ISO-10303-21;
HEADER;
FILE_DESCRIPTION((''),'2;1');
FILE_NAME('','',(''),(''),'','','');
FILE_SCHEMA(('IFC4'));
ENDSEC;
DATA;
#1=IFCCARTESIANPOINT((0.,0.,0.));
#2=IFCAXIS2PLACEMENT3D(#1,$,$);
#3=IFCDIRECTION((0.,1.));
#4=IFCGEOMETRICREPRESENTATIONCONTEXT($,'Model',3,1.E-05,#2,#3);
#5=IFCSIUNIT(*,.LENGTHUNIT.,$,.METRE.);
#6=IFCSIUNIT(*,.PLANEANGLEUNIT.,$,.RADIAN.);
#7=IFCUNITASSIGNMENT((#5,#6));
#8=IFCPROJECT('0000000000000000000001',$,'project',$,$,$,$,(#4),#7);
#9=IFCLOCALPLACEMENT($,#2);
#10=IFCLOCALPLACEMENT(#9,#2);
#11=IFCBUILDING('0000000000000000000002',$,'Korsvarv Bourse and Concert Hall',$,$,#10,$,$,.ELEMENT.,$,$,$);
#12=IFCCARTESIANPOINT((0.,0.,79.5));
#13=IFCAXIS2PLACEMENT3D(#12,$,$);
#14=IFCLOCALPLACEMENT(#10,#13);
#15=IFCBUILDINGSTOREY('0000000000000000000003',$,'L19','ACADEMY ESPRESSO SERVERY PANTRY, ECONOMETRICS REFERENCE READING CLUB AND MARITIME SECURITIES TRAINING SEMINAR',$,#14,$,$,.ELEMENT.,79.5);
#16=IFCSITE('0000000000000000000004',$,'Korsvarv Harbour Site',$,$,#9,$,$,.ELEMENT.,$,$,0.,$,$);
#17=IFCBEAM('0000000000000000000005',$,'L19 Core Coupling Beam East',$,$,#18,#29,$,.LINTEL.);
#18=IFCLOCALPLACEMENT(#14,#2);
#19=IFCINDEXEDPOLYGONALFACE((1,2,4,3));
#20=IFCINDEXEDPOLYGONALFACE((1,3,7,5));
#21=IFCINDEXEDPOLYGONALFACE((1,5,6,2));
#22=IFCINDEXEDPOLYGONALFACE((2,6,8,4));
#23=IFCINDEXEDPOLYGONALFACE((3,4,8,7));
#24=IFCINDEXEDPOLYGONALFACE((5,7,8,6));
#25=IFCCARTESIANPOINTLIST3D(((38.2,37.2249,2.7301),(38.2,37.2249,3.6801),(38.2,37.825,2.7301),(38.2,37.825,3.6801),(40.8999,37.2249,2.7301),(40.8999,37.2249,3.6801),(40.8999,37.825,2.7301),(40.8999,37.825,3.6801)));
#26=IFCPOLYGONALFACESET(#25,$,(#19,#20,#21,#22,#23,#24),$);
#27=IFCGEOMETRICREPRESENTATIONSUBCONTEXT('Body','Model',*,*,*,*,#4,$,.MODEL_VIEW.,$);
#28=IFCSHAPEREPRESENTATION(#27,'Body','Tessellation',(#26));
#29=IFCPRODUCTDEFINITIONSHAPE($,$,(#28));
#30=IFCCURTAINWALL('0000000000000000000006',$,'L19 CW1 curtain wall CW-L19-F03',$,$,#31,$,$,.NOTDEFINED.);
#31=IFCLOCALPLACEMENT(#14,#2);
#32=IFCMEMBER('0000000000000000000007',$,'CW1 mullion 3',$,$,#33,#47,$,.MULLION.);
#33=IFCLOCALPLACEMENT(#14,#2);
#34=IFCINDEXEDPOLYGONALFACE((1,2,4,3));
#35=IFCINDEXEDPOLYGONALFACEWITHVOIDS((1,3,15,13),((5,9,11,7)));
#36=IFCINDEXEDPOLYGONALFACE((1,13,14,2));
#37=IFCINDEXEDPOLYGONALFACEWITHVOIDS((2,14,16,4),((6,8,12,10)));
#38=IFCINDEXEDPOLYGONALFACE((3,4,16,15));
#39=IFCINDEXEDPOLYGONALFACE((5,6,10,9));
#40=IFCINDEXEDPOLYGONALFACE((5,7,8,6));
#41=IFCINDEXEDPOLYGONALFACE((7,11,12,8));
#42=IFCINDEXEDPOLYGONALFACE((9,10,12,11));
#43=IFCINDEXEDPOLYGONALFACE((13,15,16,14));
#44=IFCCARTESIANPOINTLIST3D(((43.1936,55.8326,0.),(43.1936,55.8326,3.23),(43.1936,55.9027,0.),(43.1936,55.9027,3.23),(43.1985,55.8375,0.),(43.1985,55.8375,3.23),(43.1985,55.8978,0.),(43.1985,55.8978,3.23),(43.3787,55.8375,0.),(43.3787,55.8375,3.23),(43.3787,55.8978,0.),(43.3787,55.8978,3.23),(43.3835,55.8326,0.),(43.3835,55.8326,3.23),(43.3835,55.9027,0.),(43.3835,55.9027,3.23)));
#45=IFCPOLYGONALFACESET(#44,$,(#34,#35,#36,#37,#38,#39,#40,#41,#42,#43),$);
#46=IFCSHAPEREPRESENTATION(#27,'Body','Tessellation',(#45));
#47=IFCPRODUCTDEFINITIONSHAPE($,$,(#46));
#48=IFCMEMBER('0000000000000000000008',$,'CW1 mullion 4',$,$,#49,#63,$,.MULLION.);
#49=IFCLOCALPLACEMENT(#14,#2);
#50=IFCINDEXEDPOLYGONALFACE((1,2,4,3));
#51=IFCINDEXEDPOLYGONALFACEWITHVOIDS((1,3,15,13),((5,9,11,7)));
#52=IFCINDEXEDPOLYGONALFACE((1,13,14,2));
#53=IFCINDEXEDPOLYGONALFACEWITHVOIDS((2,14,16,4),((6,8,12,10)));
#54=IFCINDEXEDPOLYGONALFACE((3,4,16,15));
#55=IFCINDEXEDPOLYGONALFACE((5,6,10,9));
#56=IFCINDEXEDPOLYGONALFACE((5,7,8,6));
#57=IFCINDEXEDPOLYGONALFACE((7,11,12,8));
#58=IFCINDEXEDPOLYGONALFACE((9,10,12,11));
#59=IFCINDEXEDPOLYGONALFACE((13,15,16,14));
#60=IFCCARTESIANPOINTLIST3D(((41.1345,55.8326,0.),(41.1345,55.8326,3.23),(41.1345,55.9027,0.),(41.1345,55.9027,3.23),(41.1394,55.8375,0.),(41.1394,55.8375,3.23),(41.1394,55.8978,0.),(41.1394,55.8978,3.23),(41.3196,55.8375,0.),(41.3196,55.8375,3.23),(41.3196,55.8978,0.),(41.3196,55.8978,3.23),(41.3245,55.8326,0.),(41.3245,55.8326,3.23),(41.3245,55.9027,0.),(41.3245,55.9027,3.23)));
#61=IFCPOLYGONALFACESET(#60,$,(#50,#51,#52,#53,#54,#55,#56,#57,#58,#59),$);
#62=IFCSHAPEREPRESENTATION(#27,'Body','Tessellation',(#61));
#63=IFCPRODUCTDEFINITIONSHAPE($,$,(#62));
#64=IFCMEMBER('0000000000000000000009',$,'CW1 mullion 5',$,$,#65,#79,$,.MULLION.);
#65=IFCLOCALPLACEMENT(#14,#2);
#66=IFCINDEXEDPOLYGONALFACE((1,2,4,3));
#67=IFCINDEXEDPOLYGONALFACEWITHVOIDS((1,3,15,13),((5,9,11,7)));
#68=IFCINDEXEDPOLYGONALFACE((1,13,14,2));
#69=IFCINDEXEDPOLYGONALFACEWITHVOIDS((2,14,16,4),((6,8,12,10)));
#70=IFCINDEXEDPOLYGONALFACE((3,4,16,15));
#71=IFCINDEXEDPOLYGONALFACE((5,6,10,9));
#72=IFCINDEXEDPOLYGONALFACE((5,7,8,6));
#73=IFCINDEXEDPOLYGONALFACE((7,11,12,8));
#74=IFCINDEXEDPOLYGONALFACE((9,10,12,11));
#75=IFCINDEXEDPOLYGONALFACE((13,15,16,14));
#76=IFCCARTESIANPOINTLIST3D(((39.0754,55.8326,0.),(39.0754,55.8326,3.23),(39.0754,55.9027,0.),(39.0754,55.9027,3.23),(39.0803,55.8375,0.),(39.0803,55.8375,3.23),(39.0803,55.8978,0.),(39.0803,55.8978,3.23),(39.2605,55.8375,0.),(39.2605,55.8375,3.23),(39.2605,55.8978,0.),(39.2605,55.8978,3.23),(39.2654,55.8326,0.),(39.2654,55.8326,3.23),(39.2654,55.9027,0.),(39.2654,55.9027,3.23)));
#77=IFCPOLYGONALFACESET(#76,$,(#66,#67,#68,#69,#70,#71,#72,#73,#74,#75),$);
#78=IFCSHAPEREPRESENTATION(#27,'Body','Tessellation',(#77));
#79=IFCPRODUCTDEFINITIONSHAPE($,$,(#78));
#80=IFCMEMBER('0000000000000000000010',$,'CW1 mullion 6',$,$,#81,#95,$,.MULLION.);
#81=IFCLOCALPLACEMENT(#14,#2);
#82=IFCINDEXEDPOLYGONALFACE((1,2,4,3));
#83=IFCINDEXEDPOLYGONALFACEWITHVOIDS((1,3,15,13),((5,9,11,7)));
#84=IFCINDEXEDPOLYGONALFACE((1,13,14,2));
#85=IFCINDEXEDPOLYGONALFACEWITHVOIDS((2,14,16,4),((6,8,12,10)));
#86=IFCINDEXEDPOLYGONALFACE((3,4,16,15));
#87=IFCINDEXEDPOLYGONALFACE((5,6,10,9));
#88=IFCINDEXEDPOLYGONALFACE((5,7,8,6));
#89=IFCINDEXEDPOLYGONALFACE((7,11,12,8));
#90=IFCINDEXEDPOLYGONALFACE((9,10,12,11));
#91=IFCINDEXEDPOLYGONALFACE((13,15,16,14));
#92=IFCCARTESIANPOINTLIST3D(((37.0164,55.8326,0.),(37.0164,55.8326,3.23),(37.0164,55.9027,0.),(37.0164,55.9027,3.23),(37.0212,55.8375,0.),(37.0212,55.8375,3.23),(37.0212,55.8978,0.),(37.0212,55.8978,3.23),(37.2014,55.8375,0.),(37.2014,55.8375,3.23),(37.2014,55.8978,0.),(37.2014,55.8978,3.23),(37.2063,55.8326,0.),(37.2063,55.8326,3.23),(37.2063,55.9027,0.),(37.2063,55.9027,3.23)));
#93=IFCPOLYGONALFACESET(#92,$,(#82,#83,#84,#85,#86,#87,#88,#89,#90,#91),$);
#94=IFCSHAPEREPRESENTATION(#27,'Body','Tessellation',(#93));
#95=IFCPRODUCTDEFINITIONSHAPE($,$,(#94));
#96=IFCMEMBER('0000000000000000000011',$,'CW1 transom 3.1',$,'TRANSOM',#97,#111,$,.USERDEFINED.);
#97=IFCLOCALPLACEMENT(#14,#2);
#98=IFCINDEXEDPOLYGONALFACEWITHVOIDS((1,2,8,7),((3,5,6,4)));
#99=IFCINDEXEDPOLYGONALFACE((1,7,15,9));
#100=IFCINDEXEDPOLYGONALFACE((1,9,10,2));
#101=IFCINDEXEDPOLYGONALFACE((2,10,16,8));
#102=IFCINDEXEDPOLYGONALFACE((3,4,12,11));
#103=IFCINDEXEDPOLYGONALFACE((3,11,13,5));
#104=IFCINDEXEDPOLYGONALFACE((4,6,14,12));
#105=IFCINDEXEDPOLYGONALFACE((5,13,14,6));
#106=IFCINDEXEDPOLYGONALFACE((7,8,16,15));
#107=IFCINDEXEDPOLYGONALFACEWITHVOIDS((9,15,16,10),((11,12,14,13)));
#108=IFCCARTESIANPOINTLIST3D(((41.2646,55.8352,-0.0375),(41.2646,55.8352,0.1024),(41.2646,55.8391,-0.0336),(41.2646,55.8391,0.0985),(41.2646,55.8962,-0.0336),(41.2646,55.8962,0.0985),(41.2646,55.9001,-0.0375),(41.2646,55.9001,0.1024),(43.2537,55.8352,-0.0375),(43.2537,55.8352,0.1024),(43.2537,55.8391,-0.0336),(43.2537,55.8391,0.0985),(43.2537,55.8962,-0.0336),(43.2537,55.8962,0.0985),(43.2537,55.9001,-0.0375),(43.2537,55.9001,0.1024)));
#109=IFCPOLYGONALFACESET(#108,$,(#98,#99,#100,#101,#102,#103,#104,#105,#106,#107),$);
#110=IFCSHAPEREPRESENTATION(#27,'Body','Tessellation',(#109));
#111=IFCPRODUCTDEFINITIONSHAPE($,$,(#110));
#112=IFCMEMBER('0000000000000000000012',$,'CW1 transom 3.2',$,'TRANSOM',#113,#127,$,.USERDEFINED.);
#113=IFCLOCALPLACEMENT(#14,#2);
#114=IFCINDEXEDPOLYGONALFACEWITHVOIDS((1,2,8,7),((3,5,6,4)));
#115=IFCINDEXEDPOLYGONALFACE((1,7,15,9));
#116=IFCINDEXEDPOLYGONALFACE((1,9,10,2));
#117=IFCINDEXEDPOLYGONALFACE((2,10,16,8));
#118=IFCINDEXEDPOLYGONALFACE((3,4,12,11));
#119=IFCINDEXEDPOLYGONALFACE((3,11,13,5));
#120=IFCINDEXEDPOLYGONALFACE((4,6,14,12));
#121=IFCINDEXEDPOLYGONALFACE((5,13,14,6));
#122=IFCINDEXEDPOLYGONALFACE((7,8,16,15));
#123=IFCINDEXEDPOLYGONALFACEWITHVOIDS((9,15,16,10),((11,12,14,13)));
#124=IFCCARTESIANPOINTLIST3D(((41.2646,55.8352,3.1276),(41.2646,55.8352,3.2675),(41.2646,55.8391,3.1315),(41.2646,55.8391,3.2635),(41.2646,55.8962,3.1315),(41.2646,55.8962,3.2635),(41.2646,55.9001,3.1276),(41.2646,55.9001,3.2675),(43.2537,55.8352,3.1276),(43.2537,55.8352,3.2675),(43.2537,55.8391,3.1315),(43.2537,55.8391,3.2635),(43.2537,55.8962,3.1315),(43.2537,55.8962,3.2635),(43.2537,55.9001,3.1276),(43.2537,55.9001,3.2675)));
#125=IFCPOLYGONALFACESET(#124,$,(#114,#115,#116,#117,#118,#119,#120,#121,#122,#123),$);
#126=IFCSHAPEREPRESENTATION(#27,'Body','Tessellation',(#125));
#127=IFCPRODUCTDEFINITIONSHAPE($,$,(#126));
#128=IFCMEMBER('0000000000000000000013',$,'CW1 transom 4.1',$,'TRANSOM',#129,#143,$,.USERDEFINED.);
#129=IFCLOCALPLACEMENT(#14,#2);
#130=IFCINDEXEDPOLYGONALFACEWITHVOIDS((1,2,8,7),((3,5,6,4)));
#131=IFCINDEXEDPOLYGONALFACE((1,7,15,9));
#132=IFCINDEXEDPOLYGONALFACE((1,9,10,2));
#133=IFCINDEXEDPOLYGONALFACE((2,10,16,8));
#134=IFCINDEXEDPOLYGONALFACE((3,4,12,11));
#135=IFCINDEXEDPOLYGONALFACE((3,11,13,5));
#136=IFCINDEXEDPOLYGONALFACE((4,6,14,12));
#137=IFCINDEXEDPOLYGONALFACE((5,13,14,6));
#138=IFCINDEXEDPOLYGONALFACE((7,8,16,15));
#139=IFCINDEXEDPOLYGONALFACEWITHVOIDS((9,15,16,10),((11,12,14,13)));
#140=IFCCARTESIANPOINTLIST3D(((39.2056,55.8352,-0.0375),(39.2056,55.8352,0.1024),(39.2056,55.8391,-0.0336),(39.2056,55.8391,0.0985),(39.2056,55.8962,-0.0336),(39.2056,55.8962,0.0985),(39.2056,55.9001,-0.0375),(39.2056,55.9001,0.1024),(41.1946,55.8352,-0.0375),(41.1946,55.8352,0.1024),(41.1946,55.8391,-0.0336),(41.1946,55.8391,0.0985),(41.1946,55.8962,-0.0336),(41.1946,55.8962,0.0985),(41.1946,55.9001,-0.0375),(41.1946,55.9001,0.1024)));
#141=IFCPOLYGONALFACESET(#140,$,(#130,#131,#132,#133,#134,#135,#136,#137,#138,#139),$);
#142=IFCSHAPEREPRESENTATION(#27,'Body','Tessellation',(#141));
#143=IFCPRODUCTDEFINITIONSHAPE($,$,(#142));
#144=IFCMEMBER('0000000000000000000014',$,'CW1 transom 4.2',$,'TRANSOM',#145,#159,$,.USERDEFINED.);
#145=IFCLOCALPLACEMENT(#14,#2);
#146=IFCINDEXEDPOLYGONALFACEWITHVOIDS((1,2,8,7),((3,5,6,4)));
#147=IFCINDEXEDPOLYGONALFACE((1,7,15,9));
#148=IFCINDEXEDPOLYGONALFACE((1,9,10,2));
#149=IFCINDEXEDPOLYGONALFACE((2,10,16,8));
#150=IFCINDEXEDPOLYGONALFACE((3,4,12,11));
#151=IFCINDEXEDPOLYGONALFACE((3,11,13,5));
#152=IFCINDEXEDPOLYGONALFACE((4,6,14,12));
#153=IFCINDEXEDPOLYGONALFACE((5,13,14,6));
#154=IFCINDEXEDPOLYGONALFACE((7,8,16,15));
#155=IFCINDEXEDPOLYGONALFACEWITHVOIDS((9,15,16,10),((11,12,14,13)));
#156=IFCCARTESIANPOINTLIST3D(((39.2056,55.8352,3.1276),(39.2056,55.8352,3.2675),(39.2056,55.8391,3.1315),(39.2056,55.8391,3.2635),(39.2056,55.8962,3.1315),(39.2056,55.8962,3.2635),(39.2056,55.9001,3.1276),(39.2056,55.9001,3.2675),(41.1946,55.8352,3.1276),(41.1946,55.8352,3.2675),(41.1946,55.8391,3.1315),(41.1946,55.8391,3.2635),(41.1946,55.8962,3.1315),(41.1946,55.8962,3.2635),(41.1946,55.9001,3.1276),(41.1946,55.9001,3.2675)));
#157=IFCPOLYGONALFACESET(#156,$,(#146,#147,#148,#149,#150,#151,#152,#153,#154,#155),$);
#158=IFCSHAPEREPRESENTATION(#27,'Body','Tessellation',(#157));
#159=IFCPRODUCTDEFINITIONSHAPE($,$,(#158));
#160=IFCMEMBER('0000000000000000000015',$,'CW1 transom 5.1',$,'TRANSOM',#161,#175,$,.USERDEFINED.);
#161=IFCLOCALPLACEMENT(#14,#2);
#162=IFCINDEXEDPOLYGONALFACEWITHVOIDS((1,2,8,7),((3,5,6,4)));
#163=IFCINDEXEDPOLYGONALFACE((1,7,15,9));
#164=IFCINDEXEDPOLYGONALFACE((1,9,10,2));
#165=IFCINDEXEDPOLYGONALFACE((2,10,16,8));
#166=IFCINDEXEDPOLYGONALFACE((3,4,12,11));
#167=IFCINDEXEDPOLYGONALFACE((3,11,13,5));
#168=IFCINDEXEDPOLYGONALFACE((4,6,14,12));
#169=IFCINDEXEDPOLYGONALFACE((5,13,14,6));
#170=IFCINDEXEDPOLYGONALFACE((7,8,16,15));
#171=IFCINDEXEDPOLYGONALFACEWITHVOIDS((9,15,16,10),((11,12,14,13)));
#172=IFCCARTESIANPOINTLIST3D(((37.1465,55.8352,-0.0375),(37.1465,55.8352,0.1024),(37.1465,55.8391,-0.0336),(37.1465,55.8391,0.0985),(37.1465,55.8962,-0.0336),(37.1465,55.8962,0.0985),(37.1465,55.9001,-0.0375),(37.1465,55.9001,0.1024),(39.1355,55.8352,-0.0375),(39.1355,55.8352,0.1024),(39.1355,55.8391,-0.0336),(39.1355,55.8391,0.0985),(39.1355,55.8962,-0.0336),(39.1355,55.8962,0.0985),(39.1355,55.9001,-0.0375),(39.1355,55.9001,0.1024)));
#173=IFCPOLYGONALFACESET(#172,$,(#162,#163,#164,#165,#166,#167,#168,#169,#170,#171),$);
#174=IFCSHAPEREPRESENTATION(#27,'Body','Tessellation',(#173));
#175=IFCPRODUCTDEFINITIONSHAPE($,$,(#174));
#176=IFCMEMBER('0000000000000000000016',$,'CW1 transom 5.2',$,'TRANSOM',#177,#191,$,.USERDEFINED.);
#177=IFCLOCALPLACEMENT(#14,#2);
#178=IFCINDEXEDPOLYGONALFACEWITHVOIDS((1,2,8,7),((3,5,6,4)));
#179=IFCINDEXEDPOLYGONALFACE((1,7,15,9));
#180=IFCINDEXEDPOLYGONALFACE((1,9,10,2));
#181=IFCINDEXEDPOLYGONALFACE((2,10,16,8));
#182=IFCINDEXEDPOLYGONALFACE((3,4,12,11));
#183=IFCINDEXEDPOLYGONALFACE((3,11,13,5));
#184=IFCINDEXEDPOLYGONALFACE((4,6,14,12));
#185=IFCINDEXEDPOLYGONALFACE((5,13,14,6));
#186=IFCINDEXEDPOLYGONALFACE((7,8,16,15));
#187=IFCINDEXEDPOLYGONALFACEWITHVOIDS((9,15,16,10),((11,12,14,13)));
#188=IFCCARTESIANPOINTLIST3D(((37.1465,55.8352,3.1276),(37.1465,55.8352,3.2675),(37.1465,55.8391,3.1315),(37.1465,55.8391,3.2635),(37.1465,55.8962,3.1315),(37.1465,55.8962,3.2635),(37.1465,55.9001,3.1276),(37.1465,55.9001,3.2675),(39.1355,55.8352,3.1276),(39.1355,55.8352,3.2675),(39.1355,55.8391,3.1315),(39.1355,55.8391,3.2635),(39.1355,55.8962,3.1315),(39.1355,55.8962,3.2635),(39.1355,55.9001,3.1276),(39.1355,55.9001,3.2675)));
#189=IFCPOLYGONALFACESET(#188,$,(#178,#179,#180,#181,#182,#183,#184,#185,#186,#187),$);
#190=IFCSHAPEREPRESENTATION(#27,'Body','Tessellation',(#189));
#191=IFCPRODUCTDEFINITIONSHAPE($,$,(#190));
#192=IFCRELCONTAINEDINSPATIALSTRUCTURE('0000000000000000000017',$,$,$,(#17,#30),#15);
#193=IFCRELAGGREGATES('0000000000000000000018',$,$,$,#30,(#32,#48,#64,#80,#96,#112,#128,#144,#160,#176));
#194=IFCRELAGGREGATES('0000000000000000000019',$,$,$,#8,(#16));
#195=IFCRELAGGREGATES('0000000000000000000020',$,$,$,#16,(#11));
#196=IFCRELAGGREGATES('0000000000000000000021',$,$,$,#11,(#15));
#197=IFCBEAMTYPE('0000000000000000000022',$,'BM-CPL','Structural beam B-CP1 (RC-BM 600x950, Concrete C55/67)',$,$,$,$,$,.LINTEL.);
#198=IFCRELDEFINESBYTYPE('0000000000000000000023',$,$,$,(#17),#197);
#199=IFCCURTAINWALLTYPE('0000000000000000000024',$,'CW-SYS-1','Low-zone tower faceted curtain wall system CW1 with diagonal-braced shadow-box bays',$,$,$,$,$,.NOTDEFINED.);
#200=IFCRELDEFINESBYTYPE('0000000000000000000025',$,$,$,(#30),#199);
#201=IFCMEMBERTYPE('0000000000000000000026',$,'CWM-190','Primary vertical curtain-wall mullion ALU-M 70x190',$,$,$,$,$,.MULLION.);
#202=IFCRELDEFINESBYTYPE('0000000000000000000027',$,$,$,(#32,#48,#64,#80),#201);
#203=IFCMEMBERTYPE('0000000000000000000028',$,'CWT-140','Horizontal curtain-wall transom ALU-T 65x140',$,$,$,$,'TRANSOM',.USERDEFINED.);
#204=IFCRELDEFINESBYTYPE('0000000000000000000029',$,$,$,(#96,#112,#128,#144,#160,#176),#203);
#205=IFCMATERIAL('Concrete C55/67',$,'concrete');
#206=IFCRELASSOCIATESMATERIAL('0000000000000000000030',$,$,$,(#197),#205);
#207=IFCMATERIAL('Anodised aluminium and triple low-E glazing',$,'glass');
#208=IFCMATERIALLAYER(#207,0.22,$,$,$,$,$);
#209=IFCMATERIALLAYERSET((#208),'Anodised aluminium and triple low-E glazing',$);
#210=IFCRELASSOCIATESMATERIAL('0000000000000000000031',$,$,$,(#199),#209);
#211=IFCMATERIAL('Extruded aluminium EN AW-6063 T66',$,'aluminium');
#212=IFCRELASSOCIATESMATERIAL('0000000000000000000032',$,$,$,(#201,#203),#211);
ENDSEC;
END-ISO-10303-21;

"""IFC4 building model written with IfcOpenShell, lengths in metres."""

from ifc_helpers import new_model, si_unit, direction, frame, origin, origin_2d, place, context, subcontext, project, spatial, rectangle, hollow_rectangle, extrude, source, transform, mapped, material, layer, layer_set, material_profile, profile_set, type_object, element, aggregate, save


model = new_model("IFC4")

# Units and contexts
model_context = context("Model", 3, precision=1e-05, world=origin(), true_north=direction((0.0, 1.0)))
body_context = subcontext(model_context, "Body", "Model", "MODEL_VIEW")
ifc_project = project(units=[si_unit("LENGTHUNIT", "METRE"), si_unit("PLANEANGLEUNIT", "RADIAN")], contexts=[model_context])

# Site, building, storey
site_placement = place(None, origin())
site = spatial("IfcSite", under=ifc_project, at=site_placement, Name="Korsvarv Harbour Site", CompositionType="ELEMENT", RefElevation=0.0)
building_placement = place(site_placement, origin())
building = spatial("IfcBuilding", under=site, at=building_placement, Name="Korsvarv Bourse and Concert Hall", CompositionType="ELEMENT")
storey_placement = place(building_placement, frame((0.0, 0.0, 79.5)))
storey = spatial("IfcBuildingStorey", under=building, at=storey_placement, Name="L19", Description="ACADEMY ESPRESSO SERVERY PANTRY, ECONOMETRICS REFERENCE READING CLUB AND MARITIME SECURITIES TRAINING SEMINAR", CompositionType="ELEMENT", Elevation=79.5)

# Beam
ifc_material_1 = material(Name="Concrete C55/67", Category="concrete")
ifc_material_profile_1 = material_profile(ifc_material_1, rectangle(XDim=0.6001, YDim=0.95, at=origin_2d()), Name="RC-BM 600x950")
ifc_profile_set_1 = profile_set([ifc_material_profile_1], Name="Concrete C55/67")
beam_type = type_object("IfcBeamType", Name="BM-CPL", Description="Structural beam B-CP1 (RC-BM 600x950, Concrete C55/67)", PredefinedType="LINTEL", material=ifc_profile_set_1)
shared_shape_1 = source(origin(), body_context, "Body", "SweptSolid", [
    extrude(rectangle(XDim=0.6001, YDim=0.95, at=origin_2d()), origin(), (0.0, 0.0, 1.0), 2.7),
])
beam_placement = place(storey_placement, frame((38.2, 37.5249, 3.2051), z_axis=(1.0, 0.0, 0.0), x_axis=(0.0, 1.0, 0.0)))
element("IfcBeam", 1, at=beam_placement, inside=storey, type_object=beam_type, Name="L19 Core Coupling Beam East", PredefinedType="LINTEL", context=body_context, shape_type="MappedRepresentation", body=[
    mapped(shared_shape_1, transform((0.0, 0.0, 0.0), scale=1.0)),
])

# Curtain wall, members
ifc_material_2 = material(Name="Anodised aluminium and triple low-E glazing", Category="glass")
ifc_layer_1 = layer(ifc_material_2, 0.22)
ifc_layer_set_1 = layer_set([ifc_layer_1], Name="Anodised aluminium and triple low-E glazing")
curtain_wall_type = type_object("IfcCurtainWallType", Name="CW-SYS-1", Description="Low-zone tower faceted curtain wall system CW1 with diagonal-braced shadow-box bays", PredefinedType="NOTDEFINED", material=ifc_layer_set_1)
curtain_wall_placement = place(storey_placement, origin())
curtain_wall = element("IfcCurtainWall", 2, at=curtain_wall_placement, inside=storey, type_object=curtain_wall_type, Name="L19 CW1 curtain wall CW-L19-F03", PredefinedType="NOTDEFINED")
ifc_material_3 = material(Name="Extruded aluminium EN AW-6063 T66", Category="aluminium")
ifc_material_profile_2 = material_profile(ifc_material_3, hollow_rectangle(XDim=0.0701, YDim=0.1899, WallThickness=0.0049, at=origin_2d()), Name="ALU-M 70x190")
ifc_profile_set_2 = profile_set([ifc_material_profile_2], Name="Extruded aluminium EN AW-6063 T66")
member_type_1 = type_object("IfcMemberType", Name="CWM-190", Description="Primary vertical curtain-wall mullion ALU-M 70x190", PredefinedType="MULLION", material=ifc_profile_set_2)
shared_shape_2 = source(origin(), body_context, "Body", "SweptSolid", [
    extrude(hollow_rectangle(XDim=0.0701, YDim=0.1899, WallThickness=0.0049, at=origin_2d()), origin(), (0.0, 0.0, 1.0), 3.23),
])
member_1_placement = place(storey_placement, frame((43.2886, 55.8677, 0.0), z_axis=(0.0, 0.0, 1.0), x_axis=(0.0, -1.0, 0.0)))
member_1 = element("IfcMember", 3, at=member_1_placement, type_object=member_type_1, Name="CW1 mullion 3", PredefinedType="MULLION", context=body_context, shape_type="MappedRepresentation", body=[
    mapped(shared_shape_2, transform((0.0, 0.0, 0.0), scale=1.0)),
])
member_2_placement = place(storey_placement, frame((41.2295, 55.8677, 0.0), z_axis=(0.0, 0.0, 1.0), x_axis=(0.0, -1.0, 0.0)))
member_2 = element("IfcMember", 4, at=member_2_placement, type_object=member_type_1, Name="CW1 mullion 4", PredefinedType="MULLION", context=body_context, shape_type="MappedRepresentation", body=[
    mapped(shared_shape_2, transform((0.0, 0.0, 0.0), scale=1.0)),
])
member_3_placement = place(storey_placement, frame((39.1704, 55.8677, 0.0), z_axis=(0.0, 0.0, 1.0), x_axis=(0.0, -1.0, 0.0)))
member_3 = element("IfcMember", 5, at=member_3_placement, type_object=member_type_1, Name="CW1 mullion 5", PredefinedType="MULLION", context=body_context, shape_type="MappedRepresentation", body=[
    mapped(shared_shape_2, transform((0.0, 0.0, 0.0), scale=1.0)),
])
member_4_placement = place(storey_placement, frame((37.1113, 55.8677, 0.0), z_axis=(0.0, 0.0, 1.0), x_axis=(0.0, -1.0, 0.0)))
member_4 = element("IfcMember", 6, at=member_4_placement, type_object=member_type_1, Name="CW1 mullion 6", PredefinedType="MULLION", context=body_context, shape_type="MappedRepresentation", body=[
    mapped(shared_shape_2, transform((0.0, 0.0, 0.0), scale=1.0)),
])
ifc_material_profile_3 = material_profile(ifc_material_3, hollow_rectangle(XDim=0.0649, YDim=0.1399, WallThickness=0.0039, at=origin_2d()), Name="ALU-T 65x140")
ifc_profile_set_3 = profile_set([ifc_material_profile_3], Name="Extruded aluminium EN AW-6063 T66")
member_type_2 = type_object("IfcMemberType", Name="CWT-140", Description="Horizontal curtain-wall transom ALU-T 65x140", ElementType="TRANSOM", PredefinedType="USERDEFINED", material=ifc_profile_set_3)
shared_shape_3 = source(origin(), body_context, "Body", "SweptSolid", [
    extrude(hollow_rectangle(XDim=0.0649, YDim=0.1399, WallThickness=0.0039, at=origin_2d()), origin(), (0.0, 0.0, 1.0), 1.989),
])
member_5_placement = place(storey_placement, frame((43.2537, 55.8677, 0.0325), z_axis=(-1.0, 0.0, 0.0), x_axis=(0.0, -1.0, 0.0)))
member_5 = element("IfcMember", 7, at=member_5_placement, type_object=member_type_2, Name="CW1 transom 3.1", ObjectType="TRANSOM", PredefinedType="USERDEFINED", context=body_context, shape_type="MappedRepresentation", body=[
    mapped(shared_shape_3, transform((0.0, 0.0, 0.0), scale=1.0)),
])
member_6_placement = place(storey_placement, frame((43.2537, 55.8677, 3.1975), z_axis=(-1.0, 0.0, 0.0), x_axis=(0.0, -1.0, 0.0)))
member_6 = element("IfcMember", 8, at=member_6_placement, type_object=member_type_2, Name="CW1 transom 3.2", ObjectType="TRANSOM", PredefinedType="USERDEFINED", context=body_context, shape_type="MappedRepresentation", body=[
    mapped(shared_shape_3, transform((0.0, 0.0, 0.0), scale=1.0)),
])
member_7_placement = place(storey_placement, frame((41.1946, 55.8677, 0.0325), z_axis=(-1.0, 0.0, 0.0), x_axis=(0.0, -1.0, 0.0)))
member_7 = element("IfcMember", 9, at=member_7_placement, type_object=member_type_2, Name="CW1 transom 4.1", ObjectType="TRANSOM", PredefinedType="USERDEFINED", context=body_context, shape_type="MappedRepresentation", body=[
    mapped(shared_shape_3, transform((0.0, 0.0, 0.0), scale=1.0)),
])
member_8_placement = place(storey_placement, frame((41.1946, 55.8677, 3.1975), z_axis=(-1.0, 0.0, 0.0), x_axis=(0.0, -1.0, 0.0)))
member_8 = element("IfcMember", 10, at=member_8_placement, type_object=member_type_2, Name="CW1 transom 4.2", ObjectType="TRANSOM", PredefinedType="USERDEFINED", context=body_context, shape_type="MappedRepresentation", body=[
    mapped(shared_shape_3, transform((0.0, 0.0, 0.0), scale=1.0)),
])
member_9_placement = place(storey_placement, frame((39.1355, 55.8677, 0.0325), z_axis=(-1.0, 0.0, 0.0), x_axis=(0.0, -1.0, 0.0)))
member_9 = element("IfcMember", 11, at=member_9_placement, type_object=member_type_2, Name="CW1 transom 5.1", ObjectType="TRANSOM", PredefinedType="USERDEFINED", context=body_context, shape_type="MappedRepresentation", body=[
    mapped(shared_shape_3, transform((0.0, 0.0, 0.0), scale=1.0)),
])
member_10_placement = place(storey_placement, frame((39.1355, 55.8677, 3.1975), z_axis=(-1.0, 0.0, 0.0), x_axis=(0.0, -1.0, 0.0)))
member_10 = element("IfcMember", 12, at=member_10_placement, type_object=member_type_2, Name="CW1 transom 5.2", ObjectType="TRANSOM", PredefinedType="USERDEFINED", context=body_context, shape_type="MappedRepresentation", body=[
    mapped(shared_shape_3, transform((0.0, 0.0, 0.0), scale=1.0)),
])
aggregate(curtain_wall, [member_1, member_2, member_3, member_4, member_5, member_6, member_7, member_8, member_9, member_10])

save(model, "model.ifc")
